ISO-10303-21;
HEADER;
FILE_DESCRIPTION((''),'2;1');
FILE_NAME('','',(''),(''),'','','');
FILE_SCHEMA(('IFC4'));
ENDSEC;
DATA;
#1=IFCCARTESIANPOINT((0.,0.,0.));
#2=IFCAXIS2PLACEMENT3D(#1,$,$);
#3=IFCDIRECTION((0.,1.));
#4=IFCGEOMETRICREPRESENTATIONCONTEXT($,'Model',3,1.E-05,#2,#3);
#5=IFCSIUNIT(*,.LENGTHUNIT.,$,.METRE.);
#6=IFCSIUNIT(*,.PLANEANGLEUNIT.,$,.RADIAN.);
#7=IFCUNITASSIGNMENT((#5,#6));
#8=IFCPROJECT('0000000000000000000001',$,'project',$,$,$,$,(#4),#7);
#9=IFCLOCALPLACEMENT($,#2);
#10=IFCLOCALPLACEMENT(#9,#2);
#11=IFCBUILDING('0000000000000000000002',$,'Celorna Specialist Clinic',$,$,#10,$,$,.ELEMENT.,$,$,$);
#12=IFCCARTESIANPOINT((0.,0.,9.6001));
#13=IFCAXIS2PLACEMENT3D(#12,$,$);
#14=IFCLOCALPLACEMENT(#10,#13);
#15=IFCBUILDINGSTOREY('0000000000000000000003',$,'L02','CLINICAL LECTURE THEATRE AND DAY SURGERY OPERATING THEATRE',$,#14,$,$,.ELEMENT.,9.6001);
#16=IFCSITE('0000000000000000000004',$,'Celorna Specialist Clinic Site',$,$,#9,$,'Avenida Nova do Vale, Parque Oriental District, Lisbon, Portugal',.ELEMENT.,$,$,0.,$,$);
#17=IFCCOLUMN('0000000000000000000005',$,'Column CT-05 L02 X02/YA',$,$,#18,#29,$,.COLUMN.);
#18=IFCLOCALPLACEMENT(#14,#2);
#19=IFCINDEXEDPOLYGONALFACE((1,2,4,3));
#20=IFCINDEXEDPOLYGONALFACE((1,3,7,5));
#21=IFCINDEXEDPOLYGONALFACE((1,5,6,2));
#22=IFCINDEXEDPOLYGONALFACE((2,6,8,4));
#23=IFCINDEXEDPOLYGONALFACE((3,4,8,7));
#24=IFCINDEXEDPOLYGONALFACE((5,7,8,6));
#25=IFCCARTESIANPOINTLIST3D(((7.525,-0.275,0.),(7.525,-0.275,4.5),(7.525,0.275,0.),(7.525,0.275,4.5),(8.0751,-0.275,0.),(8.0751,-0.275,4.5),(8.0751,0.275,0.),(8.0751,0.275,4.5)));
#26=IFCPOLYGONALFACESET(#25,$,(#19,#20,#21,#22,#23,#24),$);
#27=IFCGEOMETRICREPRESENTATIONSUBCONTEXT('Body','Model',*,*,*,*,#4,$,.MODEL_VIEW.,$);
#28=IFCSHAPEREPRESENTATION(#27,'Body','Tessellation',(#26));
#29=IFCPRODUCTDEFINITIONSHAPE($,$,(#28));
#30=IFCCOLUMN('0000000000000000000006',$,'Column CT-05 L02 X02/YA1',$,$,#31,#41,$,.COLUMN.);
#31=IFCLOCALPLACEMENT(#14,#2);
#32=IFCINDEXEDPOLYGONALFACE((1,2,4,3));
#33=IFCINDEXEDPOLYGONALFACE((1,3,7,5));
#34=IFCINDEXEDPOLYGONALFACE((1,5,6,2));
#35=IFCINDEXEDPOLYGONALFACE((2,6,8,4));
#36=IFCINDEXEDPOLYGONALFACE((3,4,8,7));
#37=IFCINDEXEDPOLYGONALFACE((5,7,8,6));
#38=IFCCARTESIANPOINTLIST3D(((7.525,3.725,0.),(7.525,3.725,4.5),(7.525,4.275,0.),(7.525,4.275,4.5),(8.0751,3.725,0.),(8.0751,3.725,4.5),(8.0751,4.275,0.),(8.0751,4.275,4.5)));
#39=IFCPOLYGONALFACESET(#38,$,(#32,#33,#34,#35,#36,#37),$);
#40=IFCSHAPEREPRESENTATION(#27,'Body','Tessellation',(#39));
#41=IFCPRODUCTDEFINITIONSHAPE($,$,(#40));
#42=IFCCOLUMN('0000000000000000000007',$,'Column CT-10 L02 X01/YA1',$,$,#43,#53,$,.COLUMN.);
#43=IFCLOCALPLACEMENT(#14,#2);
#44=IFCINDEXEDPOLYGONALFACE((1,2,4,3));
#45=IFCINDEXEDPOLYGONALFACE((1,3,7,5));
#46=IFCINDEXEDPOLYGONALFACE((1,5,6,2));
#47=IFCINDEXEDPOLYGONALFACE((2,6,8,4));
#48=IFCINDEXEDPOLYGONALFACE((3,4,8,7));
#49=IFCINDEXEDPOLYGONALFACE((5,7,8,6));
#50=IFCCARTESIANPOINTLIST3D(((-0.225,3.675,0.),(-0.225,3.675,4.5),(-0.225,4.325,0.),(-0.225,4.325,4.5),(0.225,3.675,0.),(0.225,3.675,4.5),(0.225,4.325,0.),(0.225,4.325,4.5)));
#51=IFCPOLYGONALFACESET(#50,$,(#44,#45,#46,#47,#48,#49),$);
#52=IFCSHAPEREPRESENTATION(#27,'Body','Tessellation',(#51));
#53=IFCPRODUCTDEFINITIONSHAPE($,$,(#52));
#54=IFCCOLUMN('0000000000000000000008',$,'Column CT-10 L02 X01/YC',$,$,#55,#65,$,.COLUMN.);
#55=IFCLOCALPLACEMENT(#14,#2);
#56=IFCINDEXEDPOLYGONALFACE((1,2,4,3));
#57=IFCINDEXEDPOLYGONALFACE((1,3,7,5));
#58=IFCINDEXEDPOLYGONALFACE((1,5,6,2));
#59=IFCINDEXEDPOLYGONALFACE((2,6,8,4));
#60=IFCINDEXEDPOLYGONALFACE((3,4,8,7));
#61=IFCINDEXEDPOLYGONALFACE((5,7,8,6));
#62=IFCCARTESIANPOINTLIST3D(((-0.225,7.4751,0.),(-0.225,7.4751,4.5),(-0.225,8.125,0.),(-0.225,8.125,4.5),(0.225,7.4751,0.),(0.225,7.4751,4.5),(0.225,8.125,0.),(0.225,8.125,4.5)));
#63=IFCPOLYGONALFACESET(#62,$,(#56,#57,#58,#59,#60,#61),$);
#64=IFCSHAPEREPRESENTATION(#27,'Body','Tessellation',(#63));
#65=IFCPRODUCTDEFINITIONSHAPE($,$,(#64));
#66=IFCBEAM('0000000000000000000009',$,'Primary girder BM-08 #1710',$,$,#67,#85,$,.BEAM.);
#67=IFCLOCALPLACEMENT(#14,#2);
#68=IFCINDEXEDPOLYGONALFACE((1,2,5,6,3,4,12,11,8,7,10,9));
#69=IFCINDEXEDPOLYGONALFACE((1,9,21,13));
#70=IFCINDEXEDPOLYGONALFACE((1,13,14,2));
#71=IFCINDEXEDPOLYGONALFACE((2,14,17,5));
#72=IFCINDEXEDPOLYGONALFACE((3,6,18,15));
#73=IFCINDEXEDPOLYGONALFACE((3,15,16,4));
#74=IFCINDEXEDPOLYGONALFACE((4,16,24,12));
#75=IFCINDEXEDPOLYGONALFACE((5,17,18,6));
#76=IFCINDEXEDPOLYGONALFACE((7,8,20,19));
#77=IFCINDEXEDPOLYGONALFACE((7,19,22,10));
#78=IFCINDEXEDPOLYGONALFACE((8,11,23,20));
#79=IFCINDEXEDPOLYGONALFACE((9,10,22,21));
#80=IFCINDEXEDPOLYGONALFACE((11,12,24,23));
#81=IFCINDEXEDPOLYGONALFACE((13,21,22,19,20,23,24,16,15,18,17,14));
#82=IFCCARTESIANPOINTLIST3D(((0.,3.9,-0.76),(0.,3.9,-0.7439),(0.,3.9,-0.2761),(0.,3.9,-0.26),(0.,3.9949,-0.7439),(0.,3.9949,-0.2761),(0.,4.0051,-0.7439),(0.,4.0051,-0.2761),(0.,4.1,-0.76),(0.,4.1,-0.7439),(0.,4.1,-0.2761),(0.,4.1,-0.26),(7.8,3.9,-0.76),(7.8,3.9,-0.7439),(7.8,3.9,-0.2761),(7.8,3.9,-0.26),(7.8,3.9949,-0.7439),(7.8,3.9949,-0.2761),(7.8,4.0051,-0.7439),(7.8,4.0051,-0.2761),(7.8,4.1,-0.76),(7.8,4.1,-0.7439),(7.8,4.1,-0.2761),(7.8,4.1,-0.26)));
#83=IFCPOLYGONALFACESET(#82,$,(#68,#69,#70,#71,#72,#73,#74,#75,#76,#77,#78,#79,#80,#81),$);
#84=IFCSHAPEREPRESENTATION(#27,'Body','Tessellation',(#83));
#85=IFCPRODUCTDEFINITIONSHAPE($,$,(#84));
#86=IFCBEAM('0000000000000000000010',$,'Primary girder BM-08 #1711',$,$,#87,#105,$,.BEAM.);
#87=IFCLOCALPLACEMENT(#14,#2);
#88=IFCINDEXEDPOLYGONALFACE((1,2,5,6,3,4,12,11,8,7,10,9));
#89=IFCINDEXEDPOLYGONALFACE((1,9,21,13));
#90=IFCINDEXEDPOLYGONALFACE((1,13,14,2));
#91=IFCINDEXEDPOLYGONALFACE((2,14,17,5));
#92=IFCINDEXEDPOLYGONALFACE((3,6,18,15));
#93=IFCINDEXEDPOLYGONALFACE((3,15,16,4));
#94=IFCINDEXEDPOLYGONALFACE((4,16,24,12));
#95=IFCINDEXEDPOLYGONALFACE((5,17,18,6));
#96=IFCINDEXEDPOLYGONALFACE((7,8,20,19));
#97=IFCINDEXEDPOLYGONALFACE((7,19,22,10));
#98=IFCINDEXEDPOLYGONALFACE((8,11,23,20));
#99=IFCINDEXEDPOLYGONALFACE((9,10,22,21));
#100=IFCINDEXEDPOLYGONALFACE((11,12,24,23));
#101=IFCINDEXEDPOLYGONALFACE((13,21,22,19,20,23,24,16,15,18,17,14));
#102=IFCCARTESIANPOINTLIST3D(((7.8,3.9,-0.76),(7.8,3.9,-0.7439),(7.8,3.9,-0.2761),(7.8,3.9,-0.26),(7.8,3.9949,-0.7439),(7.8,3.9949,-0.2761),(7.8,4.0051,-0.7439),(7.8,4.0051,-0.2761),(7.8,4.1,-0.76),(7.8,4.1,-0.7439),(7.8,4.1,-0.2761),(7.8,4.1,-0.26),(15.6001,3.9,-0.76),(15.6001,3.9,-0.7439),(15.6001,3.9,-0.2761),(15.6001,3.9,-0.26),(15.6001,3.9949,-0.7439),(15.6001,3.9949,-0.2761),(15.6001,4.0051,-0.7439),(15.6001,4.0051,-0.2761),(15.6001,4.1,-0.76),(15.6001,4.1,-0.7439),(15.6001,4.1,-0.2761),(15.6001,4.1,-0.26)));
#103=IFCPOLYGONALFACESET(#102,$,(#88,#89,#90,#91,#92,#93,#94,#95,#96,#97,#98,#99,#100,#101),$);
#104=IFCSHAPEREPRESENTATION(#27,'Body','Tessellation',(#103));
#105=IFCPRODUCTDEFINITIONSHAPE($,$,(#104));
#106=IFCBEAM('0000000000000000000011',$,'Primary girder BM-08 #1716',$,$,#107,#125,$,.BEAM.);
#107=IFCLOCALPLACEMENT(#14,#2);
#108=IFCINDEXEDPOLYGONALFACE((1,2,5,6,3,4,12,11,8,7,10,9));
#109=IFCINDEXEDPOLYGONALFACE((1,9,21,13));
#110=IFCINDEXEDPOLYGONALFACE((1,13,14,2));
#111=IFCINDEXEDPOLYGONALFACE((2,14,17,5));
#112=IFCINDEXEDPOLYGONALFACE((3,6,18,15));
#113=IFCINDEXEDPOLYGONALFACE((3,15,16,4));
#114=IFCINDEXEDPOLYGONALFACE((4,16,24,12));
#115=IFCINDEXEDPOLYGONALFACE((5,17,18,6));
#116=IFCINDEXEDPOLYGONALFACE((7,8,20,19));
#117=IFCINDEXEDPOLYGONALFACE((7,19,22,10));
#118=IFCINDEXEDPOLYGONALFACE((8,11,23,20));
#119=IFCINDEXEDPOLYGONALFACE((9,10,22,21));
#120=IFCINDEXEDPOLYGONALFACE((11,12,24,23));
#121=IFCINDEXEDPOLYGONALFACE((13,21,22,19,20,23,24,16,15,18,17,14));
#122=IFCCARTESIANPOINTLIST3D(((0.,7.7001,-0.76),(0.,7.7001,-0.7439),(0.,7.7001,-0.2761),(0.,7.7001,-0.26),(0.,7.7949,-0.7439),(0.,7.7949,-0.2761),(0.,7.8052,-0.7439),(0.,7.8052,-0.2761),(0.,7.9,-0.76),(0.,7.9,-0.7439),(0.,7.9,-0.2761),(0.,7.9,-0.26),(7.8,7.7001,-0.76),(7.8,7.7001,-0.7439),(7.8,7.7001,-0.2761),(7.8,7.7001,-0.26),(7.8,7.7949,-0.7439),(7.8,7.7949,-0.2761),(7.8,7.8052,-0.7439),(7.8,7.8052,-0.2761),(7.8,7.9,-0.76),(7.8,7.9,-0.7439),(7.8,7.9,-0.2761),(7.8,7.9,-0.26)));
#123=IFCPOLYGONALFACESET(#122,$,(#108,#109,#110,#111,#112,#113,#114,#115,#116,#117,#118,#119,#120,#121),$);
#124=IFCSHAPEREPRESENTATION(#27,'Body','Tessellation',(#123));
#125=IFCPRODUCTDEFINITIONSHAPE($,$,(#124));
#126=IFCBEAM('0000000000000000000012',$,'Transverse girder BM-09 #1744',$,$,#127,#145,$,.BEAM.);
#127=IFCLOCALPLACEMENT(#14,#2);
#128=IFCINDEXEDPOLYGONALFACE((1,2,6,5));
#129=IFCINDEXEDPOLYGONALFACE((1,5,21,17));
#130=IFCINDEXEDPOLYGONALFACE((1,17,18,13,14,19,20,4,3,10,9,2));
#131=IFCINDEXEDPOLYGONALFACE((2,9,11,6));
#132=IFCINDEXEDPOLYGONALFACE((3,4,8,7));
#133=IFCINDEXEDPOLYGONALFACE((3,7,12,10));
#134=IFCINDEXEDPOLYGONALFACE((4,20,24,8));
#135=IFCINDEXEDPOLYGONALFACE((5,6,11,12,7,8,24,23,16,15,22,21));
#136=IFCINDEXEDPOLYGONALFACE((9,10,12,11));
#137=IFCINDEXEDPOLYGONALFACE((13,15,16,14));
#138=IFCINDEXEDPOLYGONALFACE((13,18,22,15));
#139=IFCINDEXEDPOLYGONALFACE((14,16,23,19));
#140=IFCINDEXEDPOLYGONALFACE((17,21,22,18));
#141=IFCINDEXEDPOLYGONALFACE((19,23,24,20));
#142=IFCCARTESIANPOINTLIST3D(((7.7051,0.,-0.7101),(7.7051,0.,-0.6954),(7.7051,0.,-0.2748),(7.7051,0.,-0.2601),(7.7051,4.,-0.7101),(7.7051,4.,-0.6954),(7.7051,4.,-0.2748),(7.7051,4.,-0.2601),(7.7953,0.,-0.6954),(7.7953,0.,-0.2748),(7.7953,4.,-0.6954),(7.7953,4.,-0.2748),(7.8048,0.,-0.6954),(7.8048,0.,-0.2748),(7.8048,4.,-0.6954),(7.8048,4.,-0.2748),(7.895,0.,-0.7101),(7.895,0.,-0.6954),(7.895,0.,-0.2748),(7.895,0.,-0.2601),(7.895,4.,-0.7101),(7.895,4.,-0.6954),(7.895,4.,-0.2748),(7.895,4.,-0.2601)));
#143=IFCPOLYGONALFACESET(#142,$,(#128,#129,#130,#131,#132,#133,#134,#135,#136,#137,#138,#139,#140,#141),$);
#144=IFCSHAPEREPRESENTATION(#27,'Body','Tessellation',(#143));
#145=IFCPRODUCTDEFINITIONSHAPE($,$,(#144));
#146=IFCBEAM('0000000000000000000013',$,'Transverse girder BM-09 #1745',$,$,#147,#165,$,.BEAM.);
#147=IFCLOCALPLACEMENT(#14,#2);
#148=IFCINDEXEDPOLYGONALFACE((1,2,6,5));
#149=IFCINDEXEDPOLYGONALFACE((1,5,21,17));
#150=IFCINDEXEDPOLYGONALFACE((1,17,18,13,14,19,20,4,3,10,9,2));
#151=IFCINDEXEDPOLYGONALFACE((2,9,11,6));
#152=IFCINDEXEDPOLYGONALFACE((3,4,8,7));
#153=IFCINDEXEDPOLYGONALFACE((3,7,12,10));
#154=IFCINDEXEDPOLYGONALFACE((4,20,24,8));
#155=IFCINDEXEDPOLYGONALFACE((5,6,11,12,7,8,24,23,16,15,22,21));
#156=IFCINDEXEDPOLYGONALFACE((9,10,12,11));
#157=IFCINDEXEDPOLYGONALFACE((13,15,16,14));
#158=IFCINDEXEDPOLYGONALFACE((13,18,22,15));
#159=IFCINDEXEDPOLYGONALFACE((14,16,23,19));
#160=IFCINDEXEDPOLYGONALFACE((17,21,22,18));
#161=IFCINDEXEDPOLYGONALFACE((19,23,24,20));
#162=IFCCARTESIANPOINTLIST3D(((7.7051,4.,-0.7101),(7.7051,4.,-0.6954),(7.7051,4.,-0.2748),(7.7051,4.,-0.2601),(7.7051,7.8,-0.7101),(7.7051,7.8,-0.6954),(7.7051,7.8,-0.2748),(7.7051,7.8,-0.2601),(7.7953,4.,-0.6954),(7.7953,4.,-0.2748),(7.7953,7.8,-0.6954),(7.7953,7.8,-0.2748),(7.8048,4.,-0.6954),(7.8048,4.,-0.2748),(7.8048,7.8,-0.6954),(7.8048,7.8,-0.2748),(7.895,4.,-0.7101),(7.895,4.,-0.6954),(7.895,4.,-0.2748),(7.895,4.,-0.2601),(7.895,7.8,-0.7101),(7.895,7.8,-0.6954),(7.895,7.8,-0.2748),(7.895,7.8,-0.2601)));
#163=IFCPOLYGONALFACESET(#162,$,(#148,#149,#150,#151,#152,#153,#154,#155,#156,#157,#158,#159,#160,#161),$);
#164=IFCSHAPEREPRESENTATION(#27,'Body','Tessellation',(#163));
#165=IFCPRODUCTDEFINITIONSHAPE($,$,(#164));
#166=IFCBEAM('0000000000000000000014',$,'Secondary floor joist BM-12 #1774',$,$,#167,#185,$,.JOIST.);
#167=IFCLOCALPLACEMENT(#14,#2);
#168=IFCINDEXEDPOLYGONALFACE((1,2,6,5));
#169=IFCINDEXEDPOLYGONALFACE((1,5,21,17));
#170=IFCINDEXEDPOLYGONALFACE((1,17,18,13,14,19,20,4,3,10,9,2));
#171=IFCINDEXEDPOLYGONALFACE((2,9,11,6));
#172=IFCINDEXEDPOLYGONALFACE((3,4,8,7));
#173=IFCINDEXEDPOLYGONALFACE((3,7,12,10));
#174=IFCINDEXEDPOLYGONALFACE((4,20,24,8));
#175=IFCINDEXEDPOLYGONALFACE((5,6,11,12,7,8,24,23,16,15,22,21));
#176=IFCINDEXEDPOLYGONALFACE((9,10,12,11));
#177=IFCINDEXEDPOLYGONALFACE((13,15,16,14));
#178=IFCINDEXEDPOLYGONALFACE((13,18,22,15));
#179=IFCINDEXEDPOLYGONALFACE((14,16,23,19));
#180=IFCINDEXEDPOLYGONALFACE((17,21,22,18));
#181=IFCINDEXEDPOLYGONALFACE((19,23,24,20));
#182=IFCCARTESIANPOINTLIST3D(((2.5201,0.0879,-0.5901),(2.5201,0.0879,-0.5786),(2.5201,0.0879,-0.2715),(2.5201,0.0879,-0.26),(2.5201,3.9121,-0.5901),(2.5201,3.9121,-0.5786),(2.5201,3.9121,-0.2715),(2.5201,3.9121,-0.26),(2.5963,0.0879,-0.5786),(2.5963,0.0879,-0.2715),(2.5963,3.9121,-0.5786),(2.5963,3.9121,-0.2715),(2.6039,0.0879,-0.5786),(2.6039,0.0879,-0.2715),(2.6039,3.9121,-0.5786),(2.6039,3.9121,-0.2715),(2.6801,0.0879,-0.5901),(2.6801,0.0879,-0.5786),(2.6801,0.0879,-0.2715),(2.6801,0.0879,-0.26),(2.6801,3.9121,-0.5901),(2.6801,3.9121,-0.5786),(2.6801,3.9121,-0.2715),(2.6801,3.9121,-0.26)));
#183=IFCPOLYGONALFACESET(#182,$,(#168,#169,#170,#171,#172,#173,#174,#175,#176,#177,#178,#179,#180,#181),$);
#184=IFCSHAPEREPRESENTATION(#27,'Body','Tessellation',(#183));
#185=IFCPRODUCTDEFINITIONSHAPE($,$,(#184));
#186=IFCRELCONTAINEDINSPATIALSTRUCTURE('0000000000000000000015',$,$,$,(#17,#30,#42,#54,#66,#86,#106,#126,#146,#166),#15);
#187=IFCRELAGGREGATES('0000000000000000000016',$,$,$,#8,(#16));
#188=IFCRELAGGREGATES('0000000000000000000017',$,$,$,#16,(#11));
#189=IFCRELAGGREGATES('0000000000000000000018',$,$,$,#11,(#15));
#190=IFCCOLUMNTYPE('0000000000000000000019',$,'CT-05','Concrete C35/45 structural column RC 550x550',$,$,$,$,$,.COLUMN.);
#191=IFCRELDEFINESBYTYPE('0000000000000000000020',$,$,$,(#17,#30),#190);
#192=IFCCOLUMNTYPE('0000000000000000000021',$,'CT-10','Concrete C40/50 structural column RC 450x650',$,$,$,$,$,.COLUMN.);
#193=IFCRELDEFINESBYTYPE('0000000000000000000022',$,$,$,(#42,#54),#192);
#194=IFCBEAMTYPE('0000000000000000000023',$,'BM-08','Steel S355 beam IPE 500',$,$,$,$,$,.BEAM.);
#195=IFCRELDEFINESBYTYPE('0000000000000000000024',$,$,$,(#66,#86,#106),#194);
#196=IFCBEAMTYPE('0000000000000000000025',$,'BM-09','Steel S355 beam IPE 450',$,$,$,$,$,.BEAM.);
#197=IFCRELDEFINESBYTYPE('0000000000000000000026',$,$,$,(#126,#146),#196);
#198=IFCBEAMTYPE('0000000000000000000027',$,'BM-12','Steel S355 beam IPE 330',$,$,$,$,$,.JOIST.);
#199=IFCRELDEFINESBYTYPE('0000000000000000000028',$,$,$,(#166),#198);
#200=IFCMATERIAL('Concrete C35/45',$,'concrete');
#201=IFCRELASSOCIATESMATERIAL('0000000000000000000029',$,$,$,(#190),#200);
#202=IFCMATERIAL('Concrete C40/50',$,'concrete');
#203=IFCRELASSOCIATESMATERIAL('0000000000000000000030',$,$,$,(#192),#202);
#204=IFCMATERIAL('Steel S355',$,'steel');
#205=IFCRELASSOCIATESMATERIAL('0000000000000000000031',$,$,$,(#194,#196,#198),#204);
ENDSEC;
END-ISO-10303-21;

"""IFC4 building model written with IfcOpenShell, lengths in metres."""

from ifc_helpers import new_model, si_unit, direction, frame, origin, origin_2d, place, context, subcontext, project, spatial, rectangle, i_section, extrude, material, material_profile, profile_set, type_object, element, save


model = new_model("IFC4")

# Units and contexts
model_context = context("Model", 3, precision=1e-05, world=origin(), true_north=direction((0.0, 1.0)))
body_context = subcontext(model_context, "Body", "Model", "MODEL_VIEW")
ifc_project = project(units=[si_unit("LENGTHUNIT", "METRE"), si_unit("PLANEANGLEUNIT", "RADIAN")], contexts=[model_context])

# Site, building, storey
site_placement = place(None, origin())
site = spatial("IfcSite", under=ifc_project, at=site_placement, Name="Celorna Specialist Clinic Site", LongName="Avenida Nova do Vale, Parque Oriental District, Lisbon, Portugal", CompositionType="ELEMENT", RefElevation=0.0)
building_placement = place(site_placement, origin())
building = spatial("IfcBuilding", under=site, at=building_placement, Name="Celorna Specialist Clinic", CompositionType="ELEMENT")
storey_placement = place(building_placement, frame((0.0, 0.0, 9.6001)))
storey = spatial("IfcBuildingStorey", under=building, at=storey_placement, Name="L02", Description="CLINICAL LECTURE THEATRE AND DAY SURGERY OPERATING THEATRE", CompositionType="ELEMENT", Elevation=9.6001)

# Columns
ifc_material_1 = material(Name="Concrete C35/45", Category="concrete")
ifc_material_profile_1 = material_profile(ifc_material_1, rectangle(XDim=0.55, YDim=0.55, at=origin_2d()), Name="RC 550x550")
ifc_profile_set_1 = profile_set([ifc_material_profile_1], Name="Concrete C35/45")
column_type_1 = type_object("IfcColumnType", Name="CT-05", Description="Concrete C35/45 structural column RC 550x550", PredefinedType="COLUMN", material=ifc_profile_set_1)
for number, where, z_axis, x_axis, name in (
    (1, (7.8, 0.0, 0.0), (0.0, 0.0, 1.0), (1.0, 0.0, 0.0), "Column CT-05 L02 X02/YA"),
    (2, (7.8, 4.0, 0.0), (0.0, 0.0, 1.0), (1.0, 0.0, 0.0), "Column CT-05 L02 X02/YA1"),
):
    element("IfcColumn", number, at=place(storey_placement, frame(where, z_axis=z_axis, x_axis=x_axis)), inside=storey, type_object=column_type_1, Name=name, PredefinedType="COLUMN", context=body_context, shape_type="SweptSolid", body=[
        extrude(rectangle(XDim=0.55, YDim=0.55, at=origin_2d()), origin(), (0.0, 0.0, 1.0), 4.5),
    ])
ifc_material_2 = material(Name="Concrete C40/50", Category="concrete")
ifc_material_profile_2 = material_profile(ifc_material_2, rectangle(XDim=0.45, YDim=0.6499, at=origin_2d()), Name="RC 450x650")
ifc_profile_set_2 = profile_set([ifc_material_profile_2], Name="Concrete C40/50")
column_type_2 = type_object("IfcColumnType", Name="CT-10", Description="Concrete C40/50 structural column RC 450x650", PredefinedType="COLUMN", material=ifc_profile_set_2)
for number, where, z_axis, x_axis, name in (
    (3, (0.0, 4.0, 0.0), (0.0, 0.0, 1.0), (1.0, 0.0, 0.0), "Column CT-10 L02 X01/YA1"),
    (4, (0.0, 7.8, 0.0), (0.0, 0.0, 1.0), (1.0, 0.0, 0.0), "Column CT-10 L02 X01/YC"),
):
    element("IfcColumn", number, at=place(storey_placement, frame(where, z_axis=z_axis, x_axis=x_axis)), inside=storey, type_object=column_type_2, Name=name, PredefinedType="COLUMN", context=body_context, shape_type="SweptSolid", body=[
        extrude(rectangle(XDim=0.45, YDim=0.6499, at=origin_2d()), origin(), (0.0, 0.0, 1.0), 4.5),
    ])

# Beams
ifc_material_3 = material(Name="Steel S355", Category="steel")
ifc_material_profile_3 = material_profile(ifc_material_3, i_section(OverallWidth=0.2, OverallDepth=0.5, WebThickness=0.0103, FlangeThickness=0.0161, at=origin_2d()), Name="IPE 500")
ifc_profile_set_3 = profile_set([ifc_material_profile_3], Name="Steel S355")
beam_type_1 = type_object("IfcBeamType", Name="BM-08", Description="Steel S355 beam IPE 500", PredefinedType="BEAM", material=ifc_profile_set_3)
for number, where, z_axis, x_axis, name in (
    (5, (0.0, 4.0, -0.51), (1.0, 0.0, 0.0), (0.0, 1.0, 0.0), "Primary girder BM-08 #1710"),
    (6, (7.8, 4.0, -0.51), (1.0, 0.0, 0.0), (0.0, 1.0, 0.0), "Primary girder BM-08 #1711"),
    (7, (0.0, 7.8, -0.51), (1.0, 0.0, 0.0), (0.0, 1.0, 0.0), "Primary girder BM-08 #1716"),
):
    element("IfcBeam", number, at=place(storey_placement, frame(where, z_axis=z_axis, x_axis=x_axis)), inside=storey, type_object=beam_type_1, Name=name, PredefinedType="BEAM", context=body_context, shape_type="SweptSolid", body=[
        extrude(i_section(OverallWidth=0.2, OverallDepth=0.5, WebThickness=0.0103, FlangeThickness=0.0161, at=origin_2d()), origin(), (0.0, 0.0, 1.0), 7.8),
    ])
ifc_material_profile_4 = material_profile(ifc_material_3, i_section(OverallWidth=0.1899, OverallDepth=0.45, WebThickness=0.0095, FlangeThickness=0.0146, at=origin_2d()), Name="IPE 450")
ifc_profile_set_4 = profile_set([ifc_material_profile_4], Name="Steel S355")
beam_type_2 = type_object("IfcBeamType", Name="BM-09", Description="Steel S355 beam IPE 450", PredefinedType="BEAM", material=ifc_profile_set_4)
beam_1_placement = place(storey_placement, frame((7.8, 0.0, -0.4851), z_axis=(0.0, 1.0, 0.0), x_axis=(-1.0, 0.0, 0.0)))
element("IfcBeam", 8, at=beam_1_placement, inside=storey, type_object=beam_type_2, Name="Transverse girder BM-09 #1744", PredefinedType="BEAM", context=body_context, shape_type="SweptSolid", body=[
    extrude(i_section(OverallWidth=0.1899, OverallDepth=0.45, WebThickness=0.0095, FlangeThickness=0.0146, at=origin_2d()), origin(), (0.0, 0.0, 1.0), 4.0),
])
beam_2_placement = place(storey_placement, frame((7.8, 4.0, -0.4851), z_axis=(0.0, 1.0, 0.0), x_axis=(-1.0, 0.0, 0.0)))
element("IfcBeam", 9, at=beam_2_placement, inside=storey, type_object=beam_type_2, Name="Transverse girder BM-09 #1745", PredefinedType="BEAM", context=body_context, shape_type="SweptSolid", body=[
    extrude(i_section(OverallWidth=0.1899, OverallDepth=0.45, WebThickness=0.0095, FlangeThickness=0.0146, at=origin_2d()), origin(), (0.0, 0.0, 1.0), 3.8),
])
ifc_material_profile_5 = material_profile(ifc_material_3, i_section(OverallWidth=0.1599, OverallDepth=0.3301, WebThickness=0.0076, FlangeThickness=0.0115, at=origin_2d()), Name="IPE 330")
ifc_profile_set_5 = profile_set([ifc_material_profile_5], Name="Steel S355")
beam_type_3 = type_object("IfcBeamType", Name="BM-12", Description="Steel S355 beam IPE 330", PredefinedType="JOIST", material=ifc_profile_set_5)
for number, where, z_axis, x_axis, name in (
    (10, (2.6001, 0.0879, -0.425), (0.0, 1.0, 0.0), (-1.0, 0.0, 0.0), "Secondary floor joist BM-12 #1774"),
):
    element("IfcBeam", number, at=place(storey_placement, frame(where, z_axis=z_axis, x_axis=x_axis)), inside=storey, type_object=beam_type_3, Name=name, PredefinedType="JOIST", context=body_context, shape_type="SweptSolid", body=[
        extrude(i_section(OverallWidth=0.1599, OverallDepth=0.3301, WebThickness=0.0076, FlangeThickness=0.0115, at=origin_2d()), origin(), (0.0, 0.0, 1.0), 3.8242),
    ])

save(model, "model.ifc")
